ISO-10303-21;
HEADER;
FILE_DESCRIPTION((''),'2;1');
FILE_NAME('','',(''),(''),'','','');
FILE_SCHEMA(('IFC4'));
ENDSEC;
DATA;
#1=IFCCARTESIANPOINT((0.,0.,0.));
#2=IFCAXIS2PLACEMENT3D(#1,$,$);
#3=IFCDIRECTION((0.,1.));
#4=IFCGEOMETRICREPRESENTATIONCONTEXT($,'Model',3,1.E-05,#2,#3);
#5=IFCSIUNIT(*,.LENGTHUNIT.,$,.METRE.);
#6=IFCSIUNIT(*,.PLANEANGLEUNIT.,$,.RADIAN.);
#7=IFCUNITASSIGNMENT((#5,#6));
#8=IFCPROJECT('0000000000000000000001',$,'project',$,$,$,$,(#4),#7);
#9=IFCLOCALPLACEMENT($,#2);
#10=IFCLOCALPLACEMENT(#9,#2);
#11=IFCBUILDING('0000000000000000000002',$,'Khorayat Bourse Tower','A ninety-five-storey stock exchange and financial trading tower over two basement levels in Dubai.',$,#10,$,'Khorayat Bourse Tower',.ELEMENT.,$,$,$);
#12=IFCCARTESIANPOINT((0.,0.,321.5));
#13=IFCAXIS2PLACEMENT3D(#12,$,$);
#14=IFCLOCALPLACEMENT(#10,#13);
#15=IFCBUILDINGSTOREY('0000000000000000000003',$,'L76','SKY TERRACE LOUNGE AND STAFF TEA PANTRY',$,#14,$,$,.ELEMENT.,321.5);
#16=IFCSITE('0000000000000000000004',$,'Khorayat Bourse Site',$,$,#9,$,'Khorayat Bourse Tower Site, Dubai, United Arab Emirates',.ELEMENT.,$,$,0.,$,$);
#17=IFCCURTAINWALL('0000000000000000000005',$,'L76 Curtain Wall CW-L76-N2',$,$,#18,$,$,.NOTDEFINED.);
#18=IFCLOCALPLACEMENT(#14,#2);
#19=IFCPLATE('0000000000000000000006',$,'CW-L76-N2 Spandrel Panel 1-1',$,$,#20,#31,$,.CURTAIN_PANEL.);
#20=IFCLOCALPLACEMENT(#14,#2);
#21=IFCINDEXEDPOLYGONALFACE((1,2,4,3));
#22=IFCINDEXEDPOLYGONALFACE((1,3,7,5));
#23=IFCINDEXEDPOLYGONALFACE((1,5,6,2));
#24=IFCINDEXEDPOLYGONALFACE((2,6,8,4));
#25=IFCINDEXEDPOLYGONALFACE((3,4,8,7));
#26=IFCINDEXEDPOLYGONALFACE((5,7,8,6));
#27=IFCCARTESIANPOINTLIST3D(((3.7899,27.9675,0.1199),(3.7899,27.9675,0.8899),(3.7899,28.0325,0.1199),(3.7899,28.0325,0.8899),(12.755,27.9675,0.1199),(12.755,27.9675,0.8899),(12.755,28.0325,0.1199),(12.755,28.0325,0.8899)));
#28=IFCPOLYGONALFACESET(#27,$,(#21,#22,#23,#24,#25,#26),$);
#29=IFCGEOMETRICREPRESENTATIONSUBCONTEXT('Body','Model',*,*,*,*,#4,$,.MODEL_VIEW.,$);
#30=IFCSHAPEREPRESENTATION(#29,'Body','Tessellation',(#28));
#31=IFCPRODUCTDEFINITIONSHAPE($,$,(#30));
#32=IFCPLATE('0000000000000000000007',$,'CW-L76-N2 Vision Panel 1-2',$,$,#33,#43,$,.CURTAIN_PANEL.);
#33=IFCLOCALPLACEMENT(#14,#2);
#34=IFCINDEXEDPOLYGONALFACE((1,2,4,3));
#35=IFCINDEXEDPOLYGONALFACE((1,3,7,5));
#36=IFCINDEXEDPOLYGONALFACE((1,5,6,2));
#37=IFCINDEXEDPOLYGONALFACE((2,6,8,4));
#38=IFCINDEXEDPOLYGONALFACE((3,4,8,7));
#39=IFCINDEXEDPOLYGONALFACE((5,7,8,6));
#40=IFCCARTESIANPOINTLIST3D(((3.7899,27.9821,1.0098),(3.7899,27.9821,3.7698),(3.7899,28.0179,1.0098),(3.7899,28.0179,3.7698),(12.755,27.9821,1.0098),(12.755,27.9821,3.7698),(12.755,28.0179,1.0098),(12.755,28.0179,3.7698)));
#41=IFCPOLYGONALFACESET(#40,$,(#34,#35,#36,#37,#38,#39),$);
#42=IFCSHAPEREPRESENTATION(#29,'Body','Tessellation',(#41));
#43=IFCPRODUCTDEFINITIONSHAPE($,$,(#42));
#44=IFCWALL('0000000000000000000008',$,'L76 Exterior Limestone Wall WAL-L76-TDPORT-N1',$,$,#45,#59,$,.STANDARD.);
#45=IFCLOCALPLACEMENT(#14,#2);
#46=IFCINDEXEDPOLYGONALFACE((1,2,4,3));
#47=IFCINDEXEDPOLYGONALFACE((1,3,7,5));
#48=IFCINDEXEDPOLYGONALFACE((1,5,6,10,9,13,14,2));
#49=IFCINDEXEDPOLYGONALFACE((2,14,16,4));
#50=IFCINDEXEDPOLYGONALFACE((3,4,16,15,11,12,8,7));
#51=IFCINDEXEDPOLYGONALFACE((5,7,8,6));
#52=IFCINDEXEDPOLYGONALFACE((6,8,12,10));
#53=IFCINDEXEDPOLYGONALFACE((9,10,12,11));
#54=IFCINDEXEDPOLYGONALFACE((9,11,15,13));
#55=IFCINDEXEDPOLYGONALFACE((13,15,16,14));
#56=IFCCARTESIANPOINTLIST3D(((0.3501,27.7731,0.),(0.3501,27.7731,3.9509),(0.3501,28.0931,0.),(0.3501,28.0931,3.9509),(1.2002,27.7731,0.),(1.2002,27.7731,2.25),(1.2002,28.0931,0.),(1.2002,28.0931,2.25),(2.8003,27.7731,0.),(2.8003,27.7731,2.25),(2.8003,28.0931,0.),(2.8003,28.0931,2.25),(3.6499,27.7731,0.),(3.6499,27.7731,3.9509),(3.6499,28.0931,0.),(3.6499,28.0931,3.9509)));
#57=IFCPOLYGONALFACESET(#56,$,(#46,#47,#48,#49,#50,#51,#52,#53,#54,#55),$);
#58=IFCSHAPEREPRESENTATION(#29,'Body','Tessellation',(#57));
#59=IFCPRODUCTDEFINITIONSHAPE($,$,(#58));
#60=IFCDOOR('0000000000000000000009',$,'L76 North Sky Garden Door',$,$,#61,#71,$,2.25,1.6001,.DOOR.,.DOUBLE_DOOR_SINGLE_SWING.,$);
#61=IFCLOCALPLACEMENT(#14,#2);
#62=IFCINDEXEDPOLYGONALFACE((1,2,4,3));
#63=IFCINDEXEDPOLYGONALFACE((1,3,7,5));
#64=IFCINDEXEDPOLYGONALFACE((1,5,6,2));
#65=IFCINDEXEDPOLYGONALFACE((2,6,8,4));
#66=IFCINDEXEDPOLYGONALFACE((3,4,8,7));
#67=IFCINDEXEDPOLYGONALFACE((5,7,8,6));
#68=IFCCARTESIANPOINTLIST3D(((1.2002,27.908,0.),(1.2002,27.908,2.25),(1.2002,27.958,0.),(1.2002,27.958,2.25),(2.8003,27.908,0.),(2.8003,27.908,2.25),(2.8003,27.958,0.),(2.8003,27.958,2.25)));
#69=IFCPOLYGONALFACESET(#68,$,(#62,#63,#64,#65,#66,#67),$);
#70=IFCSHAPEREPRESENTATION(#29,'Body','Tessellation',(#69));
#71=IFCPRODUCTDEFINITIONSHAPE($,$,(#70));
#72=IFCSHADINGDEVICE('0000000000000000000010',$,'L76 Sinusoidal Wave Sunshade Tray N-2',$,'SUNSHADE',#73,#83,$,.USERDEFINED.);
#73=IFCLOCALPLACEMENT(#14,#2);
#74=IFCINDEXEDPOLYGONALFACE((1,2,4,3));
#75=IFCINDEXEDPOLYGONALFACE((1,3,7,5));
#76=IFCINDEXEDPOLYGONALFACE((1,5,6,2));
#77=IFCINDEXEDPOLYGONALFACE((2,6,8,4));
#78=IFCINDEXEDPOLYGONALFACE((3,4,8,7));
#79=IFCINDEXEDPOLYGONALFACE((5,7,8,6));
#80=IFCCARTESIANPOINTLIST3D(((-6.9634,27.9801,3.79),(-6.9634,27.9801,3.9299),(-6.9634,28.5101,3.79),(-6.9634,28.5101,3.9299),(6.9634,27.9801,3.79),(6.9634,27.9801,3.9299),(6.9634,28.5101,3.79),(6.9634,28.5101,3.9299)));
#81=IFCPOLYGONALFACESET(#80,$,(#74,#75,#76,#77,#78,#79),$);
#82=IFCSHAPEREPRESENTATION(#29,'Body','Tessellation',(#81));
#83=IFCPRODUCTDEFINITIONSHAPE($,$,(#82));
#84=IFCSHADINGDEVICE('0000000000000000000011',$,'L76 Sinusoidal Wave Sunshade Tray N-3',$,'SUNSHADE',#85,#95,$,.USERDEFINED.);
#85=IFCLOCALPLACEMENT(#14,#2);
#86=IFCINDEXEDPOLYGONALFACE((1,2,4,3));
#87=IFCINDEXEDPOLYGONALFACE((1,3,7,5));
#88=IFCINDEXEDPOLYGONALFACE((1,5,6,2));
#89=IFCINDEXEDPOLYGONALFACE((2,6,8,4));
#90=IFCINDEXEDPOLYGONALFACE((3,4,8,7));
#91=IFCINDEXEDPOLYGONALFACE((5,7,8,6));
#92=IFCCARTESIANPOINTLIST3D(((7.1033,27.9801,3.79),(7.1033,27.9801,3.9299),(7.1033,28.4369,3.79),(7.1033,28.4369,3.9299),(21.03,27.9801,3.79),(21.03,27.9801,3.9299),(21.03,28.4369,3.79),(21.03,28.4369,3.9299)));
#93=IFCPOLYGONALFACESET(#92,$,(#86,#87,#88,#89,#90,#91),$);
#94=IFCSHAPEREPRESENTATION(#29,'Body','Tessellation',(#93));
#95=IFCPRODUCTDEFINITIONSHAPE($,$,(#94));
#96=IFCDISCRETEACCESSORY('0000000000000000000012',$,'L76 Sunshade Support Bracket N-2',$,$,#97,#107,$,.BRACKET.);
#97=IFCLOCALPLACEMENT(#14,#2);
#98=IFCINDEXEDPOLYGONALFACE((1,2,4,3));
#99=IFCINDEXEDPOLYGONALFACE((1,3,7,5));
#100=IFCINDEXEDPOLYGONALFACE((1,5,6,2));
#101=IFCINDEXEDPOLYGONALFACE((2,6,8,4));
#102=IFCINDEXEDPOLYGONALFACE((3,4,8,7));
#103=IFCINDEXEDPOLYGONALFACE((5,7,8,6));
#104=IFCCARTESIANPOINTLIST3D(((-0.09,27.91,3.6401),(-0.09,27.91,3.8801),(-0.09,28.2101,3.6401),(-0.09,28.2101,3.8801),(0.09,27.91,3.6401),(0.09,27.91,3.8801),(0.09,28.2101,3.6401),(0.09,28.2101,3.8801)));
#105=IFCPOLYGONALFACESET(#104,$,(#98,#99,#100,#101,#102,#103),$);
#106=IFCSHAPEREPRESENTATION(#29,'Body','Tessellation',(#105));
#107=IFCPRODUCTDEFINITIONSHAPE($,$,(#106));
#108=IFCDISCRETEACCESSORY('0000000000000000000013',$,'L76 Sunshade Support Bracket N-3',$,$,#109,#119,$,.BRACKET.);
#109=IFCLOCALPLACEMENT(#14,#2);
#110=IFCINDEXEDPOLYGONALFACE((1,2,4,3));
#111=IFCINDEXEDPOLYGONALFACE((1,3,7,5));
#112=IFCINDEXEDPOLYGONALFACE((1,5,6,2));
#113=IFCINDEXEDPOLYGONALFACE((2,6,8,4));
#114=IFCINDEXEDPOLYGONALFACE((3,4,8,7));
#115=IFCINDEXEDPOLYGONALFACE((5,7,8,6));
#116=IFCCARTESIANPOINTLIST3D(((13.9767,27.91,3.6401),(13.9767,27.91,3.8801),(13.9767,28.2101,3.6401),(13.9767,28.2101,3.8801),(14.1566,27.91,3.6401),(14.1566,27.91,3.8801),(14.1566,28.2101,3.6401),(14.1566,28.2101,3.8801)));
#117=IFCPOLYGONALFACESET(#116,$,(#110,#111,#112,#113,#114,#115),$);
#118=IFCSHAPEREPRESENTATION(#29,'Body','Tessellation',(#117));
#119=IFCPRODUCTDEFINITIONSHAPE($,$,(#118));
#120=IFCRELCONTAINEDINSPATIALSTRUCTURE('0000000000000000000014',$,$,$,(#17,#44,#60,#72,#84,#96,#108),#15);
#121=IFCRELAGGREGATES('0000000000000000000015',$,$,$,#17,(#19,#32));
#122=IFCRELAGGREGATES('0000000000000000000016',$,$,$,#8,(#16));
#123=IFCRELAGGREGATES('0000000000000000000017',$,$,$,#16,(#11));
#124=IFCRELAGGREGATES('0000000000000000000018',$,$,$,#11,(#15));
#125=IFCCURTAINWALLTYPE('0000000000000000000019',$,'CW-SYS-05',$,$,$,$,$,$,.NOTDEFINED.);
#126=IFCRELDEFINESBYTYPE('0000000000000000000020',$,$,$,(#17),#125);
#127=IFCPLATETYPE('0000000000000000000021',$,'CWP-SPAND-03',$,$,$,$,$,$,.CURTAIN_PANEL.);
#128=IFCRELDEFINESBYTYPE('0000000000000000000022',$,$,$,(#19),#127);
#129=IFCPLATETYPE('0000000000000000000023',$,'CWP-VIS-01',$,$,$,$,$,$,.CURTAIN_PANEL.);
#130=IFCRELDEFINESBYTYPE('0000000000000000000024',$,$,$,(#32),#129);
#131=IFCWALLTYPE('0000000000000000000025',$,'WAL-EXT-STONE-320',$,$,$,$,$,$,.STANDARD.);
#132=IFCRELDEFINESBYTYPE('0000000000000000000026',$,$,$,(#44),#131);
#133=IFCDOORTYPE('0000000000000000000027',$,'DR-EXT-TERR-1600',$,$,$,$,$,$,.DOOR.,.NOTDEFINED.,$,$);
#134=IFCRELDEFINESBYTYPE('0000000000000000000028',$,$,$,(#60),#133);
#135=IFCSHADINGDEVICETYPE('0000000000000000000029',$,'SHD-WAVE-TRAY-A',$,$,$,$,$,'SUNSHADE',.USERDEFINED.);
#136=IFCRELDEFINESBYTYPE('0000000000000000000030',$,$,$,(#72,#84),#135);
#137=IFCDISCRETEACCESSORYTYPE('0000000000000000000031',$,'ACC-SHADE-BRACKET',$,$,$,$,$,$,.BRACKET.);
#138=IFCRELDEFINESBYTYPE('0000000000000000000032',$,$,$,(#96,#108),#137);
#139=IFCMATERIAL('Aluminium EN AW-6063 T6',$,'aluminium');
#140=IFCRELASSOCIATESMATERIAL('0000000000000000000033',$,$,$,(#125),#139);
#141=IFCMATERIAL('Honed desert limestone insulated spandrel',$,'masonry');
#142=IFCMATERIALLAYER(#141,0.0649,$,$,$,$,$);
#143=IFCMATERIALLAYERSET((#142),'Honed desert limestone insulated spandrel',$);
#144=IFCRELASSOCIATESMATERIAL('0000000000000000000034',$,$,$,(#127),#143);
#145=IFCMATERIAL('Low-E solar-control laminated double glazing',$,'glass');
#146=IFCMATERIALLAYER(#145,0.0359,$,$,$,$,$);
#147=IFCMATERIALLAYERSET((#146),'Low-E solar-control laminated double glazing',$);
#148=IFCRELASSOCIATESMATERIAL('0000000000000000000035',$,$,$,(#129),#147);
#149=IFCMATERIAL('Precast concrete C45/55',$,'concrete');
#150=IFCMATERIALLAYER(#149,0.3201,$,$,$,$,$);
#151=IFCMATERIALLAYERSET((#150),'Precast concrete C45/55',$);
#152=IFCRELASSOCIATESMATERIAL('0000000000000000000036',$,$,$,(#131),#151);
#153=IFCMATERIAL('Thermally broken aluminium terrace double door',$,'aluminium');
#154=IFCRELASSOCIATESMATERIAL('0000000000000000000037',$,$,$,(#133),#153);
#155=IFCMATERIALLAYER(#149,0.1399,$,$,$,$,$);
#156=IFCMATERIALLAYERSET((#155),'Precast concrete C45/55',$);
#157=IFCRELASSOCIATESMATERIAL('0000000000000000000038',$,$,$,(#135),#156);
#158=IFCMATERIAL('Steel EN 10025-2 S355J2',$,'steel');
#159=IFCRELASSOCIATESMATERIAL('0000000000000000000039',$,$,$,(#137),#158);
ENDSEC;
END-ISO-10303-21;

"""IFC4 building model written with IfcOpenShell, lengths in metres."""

from ifc_helpers import new_model, si_unit, direction, frame, frame_2d, origin, origin_2d, place, context, subcontext, project, spatial, rectangle, extrude, source, transform, mapped, material, layer, layer_set, type_object, element, fill, aggregate, save


model = new_model("IFC4")

# Units and contexts
model_context = context("Model", 3, precision=1e-05, world=origin(), true_north=direction((0.0, 1.0)))
body_context = subcontext(model_context, "Body", "Model", "MODEL_VIEW")
ifc_project = project(units=[si_unit("LENGTHUNIT", "METRE"), si_unit("PLANEANGLEUNIT", "RADIAN")], contexts=[model_context])

# Site, building, storey
site_placement = place(None, origin())
site = spatial("IfcSite", under=ifc_project, at=site_placement, Name="Khorayat Bourse Site", LongName="Khorayat Bourse Tower Site, Dubai, United Arab Emirates", CompositionType="ELEMENT", RefElevation=0.0)
building_placement = place(site_placement, origin())
building = spatial("IfcBuilding", under=site, at=building_placement, Name="Khorayat Bourse Tower", Description="A ninety-five-storey stock exchange and financial trading tower over two basement levels in Dubai.", LongName="Khorayat Bourse Tower", CompositionType="ELEMENT")
storey_placement = place(building_placement, frame((0.0, 0.0, 321.5)))
storey = spatial("IfcBuildingStorey", under=building, at=storey_placement, Name="L76", Description="SKY TERRACE LOUNGE AND STAFF TEA PANTRY", CompositionType="ELEMENT", Elevation=321.5)

# Shared definitions
ifc_material_1 = material(Name="Aluminium EN AW-6063 T6", Category="aluminium")
curtain_wall_type = type_object("IfcCurtainWallType", Name="CW-SYS-05", PredefinedType="NOTDEFINED", material=ifc_material_1)

# Curtain wall
curtain_wall_1_placement = place(storey_placement, origin())
curtain_wall_1 = element("IfcCurtainWall", 1, at=curtain_wall_1_placement, inside=storey, type_object=curtain_wall_type, Name="L76 Curtain Wall CW-L76-N2", PredefinedType="NOTDEFINED")

# Shared definitions
ifc_material_2 = material(Name="Steel EN 10025-2 S355J2", Category="steel")

# Plates
ifc_material_3 = material(Name="Honed desert limestone insulated spandrel", Category="masonry")
ifc_layer_1 = layer(ifc_material_3, 0.0649)
ifc_layer_set_1 = layer_set([ifc_layer_1], Name="Honed desert limestone insulated spandrel")
plate_type_1 = type_object("IfcPlateType", Name="CWP-SPAND-03", PredefinedType="CURTAIN_PANEL", material=ifc_layer_set_1)
shared_shape_1 = source(origin(), body_context, "Body", "SweptSolid", [
    extrude(rectangle(XDim=8.9651, YDim=0.0649, at=origin_2d()), origin(), (0.0, 0.0, 1.0), 0.77),
])
plate_1_placement = place(storey_placement, frame((8.2725, 28.0, 0.1199), z_axis=(0.0, 0.0, 1.0), x_axis=(1.0, 0.0, 0.0)))
plate_1 = element("IfcPlate", 2, at=plate_1_placement, type_object=plate_type_1, Name="CW-L76-N2 Spandrel Panel 1-1", PredefinedType="CURTAIN_PANEL", context=body_context, shape_type="MappedRepresentation", body=[
    mapped(shared_shape_1, transform((0.0, 0.0, 0.0), scale=1.0)),
])
ifc_material_4 = material(Name="Low-E solar-control laminated double glazing", Category="glass")
ifc_layer_2 = layer(ifc_material_4, 0.0359)
ifc_layer_set_2 = layer_set([ifc_layer_2], Name="Low-E solar-control laminated double glazing")
plate_type_2 = type_object("IfcPlateType", Name="CWP-VIS-01", PredefinedType="CURTAIN_PANEL", material=ifc_layer_set_2)
shared_shape_2 = source(origin(), body_context, "Body", "SweptSolid", [
    extrude(rectangle(XDim=8.9651, YDim=0.0359, at=origin_2d()), origin(), (0.0, 0.0, 1.0), 2.76),
])
plate_2_placement = place(storey_placement, frame((8.2725, 28.0, 1.0098), z_axis=(0.0, 0.0, 1.0), x_axis=(1.0, 0.0, 0.0)))
plate_2 = element("IfcPlate", 3, at=plate_2_placement, type_object=plate_type_2, Name="CW-L76-N2 Vision Panel 1-2", PredefinedType="CURTAIN_PANEL", context=body_context, shape_type="MappedRepresentation", body=[
    mapped(shared_shape_2, transform((0.0, 0.0, 0.0), scale=1.0)),
])
aggregate(curtain_wall_1, [plate_1, plate_2])

# Wall, opening, door
ifc_material_5 = material(Name="Precast concrete C45/55", Category="concrete")
ifc_layer_3 = layer(ifc_material_5, 0.3201)
ifc_layer_set_3 = layer_set([ifc_layer_3], Name="Precast concrete C45/55")
wall_type = type_object("IfcWallType", Name="WAL-EXT-STONE-320", PredefinedType="STANDARD", material=ifc_layer_set_3)
shared_shape_3 = source(origin(), body_context, "Body", "SweptSolid", [
    extrude(rectangle(XDim=3.2998, YDim=0.3201, at=frame_2d((1.6499, 0.0))), origin(), (0.0, 0.0, 1.0), 3.9509),
])
wall_placement = place(storey_placement, frame((0.3501, 27.9331, 0.0), z_axis=(0.0, 0.0, 1.0), x_axis=(1.0, 0.0, 0.0)))
wall = element("IfcWall", 4, at=wall_placement, inside=storey, type_object=wall_type, Name="L76 Exterior Limestone Wall WAL-L76-TDPORT-N1", PredefinedType="STANDARD", context=body_context, shape_type="MappedRepresentation", body=[
    mapped(shared_shape_3, transform((0.0, 0.0, 0.0), scale=1.0)),
])
shared_shape_4 = source(origin(), body_context, "Body", "SweptSolid", [
    extrude(rectangle(XDim=1.6001, YDim=2.25, at=frame_2d((0.8, 1.125))), frame((0.0, 0.1699, 0.0), z_axis=(0.0, -1.0, 0.0), x_axis=(1.0, 0.0, 0.0)), (0.0, 0.0, 1.0), 0.3401),
])
opening_placement = place(wall_placement, frame((0.8501, 0.0, 0.0)))
opening = element("IfcOpeningElement", 5, at=opening_placement, cuts=wall, PredefinedType="OPENING", context=body_context, shape_type="MappedRepresentation", body=[
    mapped(shared_shape_4, transform((0.0, 0.0, 0.0), scale=1.0)),
])
ifc_material_6 = material(Name="Thermally broken aluminium terrace double door", Category="aluminium")
door_type = type_object("IfcDoorType", Name="DR-EXT-TERR-1600", OperationType="NOTDEFINED", PredefinedType="DOOR", material=ifc_material_6)
shared_shape_5 = source(origin(), body_context, "Body", "SweptSolid", [
    extrude(rectangle(XDim=1.6001, YDim=2.25, at=frame_2d((0.8, 1.125))), frame((0.0, 0.0249, 0.0), z_axis=(0.0, -1.0, 0.0), x_axis=(1.0, 0.0, 0.0)), (0.0, 0.0, 1.0), 0.05),
])
door_placement = place(opening_placement, origin())
door = element("IfcDoor", 6, at=door_placement, inside=storey, type_object=door_type, Name="L76 North Sky Garden Door", OperationType="DOUBLE_DOOR_SINGLE_SWING", OverallHeight=2.25, OverallWidth=1.6001, PredefinedType="DOOR", context=body_context, shape_type="MappedRepresentation", body=[
    mapped(shared_shape_5, transform((0.0, 0.0, 0.0), scale=1.0)),
])
fill(opening, door)

# Shading devices
ifc_layer_4 = layer(ifc_material_5, 0.1399)
ifc_layer_set_4 = layer_set([ifc_layer_4], Name="Precast concrete C45/55")
shading_device_type = type_object("IfcShadingDeviceType", Name="SHD-WAVE-TRAY-A", ElementType="SUNSHADE", PredefinedType="USERDEFINED", material=ifc_layer_set_4)
shared_shape_6 = source(origin(), body_context, "Body", "SweptSolid", [
    extrude(rectangle(XDim=13.9268, YDim=0.53, at=origin_2d()), origin(), (0.0, 0.0, 1.0), 0.1399),
])
shading_device_1_placement = place(storey_placement, frame((0.0, 28.2451, 3.79), z_axis=(0.0, 0.0, 1.0), x_axis=(1.0, 0.0, 0.0)))
element("IfcShadingDevice", 7, at=shading_device_1_placement, inside=storey, type_object=shading_device_type, Name="L76 Sinusoidal Wave Sunshade Tray N-2", ObjectType="SUNSHADE", PredefinedType="USERDEFINED", context=body_context, shape_type="MappedRepresentation", body=[
    mapped(shared_shape_6, transform((0.0, 0.0, 0.0), scale=1.0)),
])
shared_shape_7 = source(origin(), body_context, "Body", "SweptSolid", [
    extrude(rectangle(XDim=13.9268, YDim=0.4568, at=origin_2d()), origin(), (0.0, 0.0, 1.0), 0.1399),
])
shading_device_2_placement = place(storey_placement, frame((14.0667, 28.2085, 3.79), z_axis=(0.0, 0.0, 1.0), x_axis=(1.0, 0.0, 0.0)))
element("IfcShadingDevice", 8, at=shading_device_2_placement, inside=storey, type_object=shading_device_type, Name="L76 Sinusoidal Wave Sunshade Tray N-3", ObjectType="SUNSHADE", PredefinedType="USERDEFINED", context=body_context, shape_type="MappedRepresentation", body=[
    mapped(shared_shape_7, transform((0.0, 0.0, 0.0), scale=1.0)),
])

# Discrete accessories
discrete_accessory_type = type_object("IfcDiscreteAccessoryType", Name="ACC-SHADE-BRACKET", PredefinedType="BRACKET", material=ifc_material_2)
shared_shape_8 = source(origin(), body_context, "Body", "SweptSolid", [
    extrude(rectangle(XDim=0.1799, YDim=0.3, at=origin_2d()), origin(), (0.0, 0.0, 1.0), 0.24),
])
for number, where, z_axis, x_axis, name in (
    (9, (0.0, 28.0601, 3.6401), (0.0, 0.0, 1.0), (1.0, 0.0, 0.0), "L76 Sunshade Support Bracket N-2"),
    (10, (14.0667, 28.0601, 3.6401), (0.0, 0.0, 1.0), (1.0, 0.0, 0.0), "L76 Sunshade Support Bracket N-3"),
):
    element("IfcDiscreteAccessory", number, at=place(storey_placement, frame(where, z_axis=z_axis, x_axis=x_axis)), inside=storey, type_object=discrete_accessory_type, Name=name, PredefinedType="BRACKET", context=body_context, shape_type="MappedRepresentation", body=[
        mapped(shared_shape_8, transform((0.0, 0.0, 0.0), scale=1.0)),
    ])

save(model, "model.ifc")
